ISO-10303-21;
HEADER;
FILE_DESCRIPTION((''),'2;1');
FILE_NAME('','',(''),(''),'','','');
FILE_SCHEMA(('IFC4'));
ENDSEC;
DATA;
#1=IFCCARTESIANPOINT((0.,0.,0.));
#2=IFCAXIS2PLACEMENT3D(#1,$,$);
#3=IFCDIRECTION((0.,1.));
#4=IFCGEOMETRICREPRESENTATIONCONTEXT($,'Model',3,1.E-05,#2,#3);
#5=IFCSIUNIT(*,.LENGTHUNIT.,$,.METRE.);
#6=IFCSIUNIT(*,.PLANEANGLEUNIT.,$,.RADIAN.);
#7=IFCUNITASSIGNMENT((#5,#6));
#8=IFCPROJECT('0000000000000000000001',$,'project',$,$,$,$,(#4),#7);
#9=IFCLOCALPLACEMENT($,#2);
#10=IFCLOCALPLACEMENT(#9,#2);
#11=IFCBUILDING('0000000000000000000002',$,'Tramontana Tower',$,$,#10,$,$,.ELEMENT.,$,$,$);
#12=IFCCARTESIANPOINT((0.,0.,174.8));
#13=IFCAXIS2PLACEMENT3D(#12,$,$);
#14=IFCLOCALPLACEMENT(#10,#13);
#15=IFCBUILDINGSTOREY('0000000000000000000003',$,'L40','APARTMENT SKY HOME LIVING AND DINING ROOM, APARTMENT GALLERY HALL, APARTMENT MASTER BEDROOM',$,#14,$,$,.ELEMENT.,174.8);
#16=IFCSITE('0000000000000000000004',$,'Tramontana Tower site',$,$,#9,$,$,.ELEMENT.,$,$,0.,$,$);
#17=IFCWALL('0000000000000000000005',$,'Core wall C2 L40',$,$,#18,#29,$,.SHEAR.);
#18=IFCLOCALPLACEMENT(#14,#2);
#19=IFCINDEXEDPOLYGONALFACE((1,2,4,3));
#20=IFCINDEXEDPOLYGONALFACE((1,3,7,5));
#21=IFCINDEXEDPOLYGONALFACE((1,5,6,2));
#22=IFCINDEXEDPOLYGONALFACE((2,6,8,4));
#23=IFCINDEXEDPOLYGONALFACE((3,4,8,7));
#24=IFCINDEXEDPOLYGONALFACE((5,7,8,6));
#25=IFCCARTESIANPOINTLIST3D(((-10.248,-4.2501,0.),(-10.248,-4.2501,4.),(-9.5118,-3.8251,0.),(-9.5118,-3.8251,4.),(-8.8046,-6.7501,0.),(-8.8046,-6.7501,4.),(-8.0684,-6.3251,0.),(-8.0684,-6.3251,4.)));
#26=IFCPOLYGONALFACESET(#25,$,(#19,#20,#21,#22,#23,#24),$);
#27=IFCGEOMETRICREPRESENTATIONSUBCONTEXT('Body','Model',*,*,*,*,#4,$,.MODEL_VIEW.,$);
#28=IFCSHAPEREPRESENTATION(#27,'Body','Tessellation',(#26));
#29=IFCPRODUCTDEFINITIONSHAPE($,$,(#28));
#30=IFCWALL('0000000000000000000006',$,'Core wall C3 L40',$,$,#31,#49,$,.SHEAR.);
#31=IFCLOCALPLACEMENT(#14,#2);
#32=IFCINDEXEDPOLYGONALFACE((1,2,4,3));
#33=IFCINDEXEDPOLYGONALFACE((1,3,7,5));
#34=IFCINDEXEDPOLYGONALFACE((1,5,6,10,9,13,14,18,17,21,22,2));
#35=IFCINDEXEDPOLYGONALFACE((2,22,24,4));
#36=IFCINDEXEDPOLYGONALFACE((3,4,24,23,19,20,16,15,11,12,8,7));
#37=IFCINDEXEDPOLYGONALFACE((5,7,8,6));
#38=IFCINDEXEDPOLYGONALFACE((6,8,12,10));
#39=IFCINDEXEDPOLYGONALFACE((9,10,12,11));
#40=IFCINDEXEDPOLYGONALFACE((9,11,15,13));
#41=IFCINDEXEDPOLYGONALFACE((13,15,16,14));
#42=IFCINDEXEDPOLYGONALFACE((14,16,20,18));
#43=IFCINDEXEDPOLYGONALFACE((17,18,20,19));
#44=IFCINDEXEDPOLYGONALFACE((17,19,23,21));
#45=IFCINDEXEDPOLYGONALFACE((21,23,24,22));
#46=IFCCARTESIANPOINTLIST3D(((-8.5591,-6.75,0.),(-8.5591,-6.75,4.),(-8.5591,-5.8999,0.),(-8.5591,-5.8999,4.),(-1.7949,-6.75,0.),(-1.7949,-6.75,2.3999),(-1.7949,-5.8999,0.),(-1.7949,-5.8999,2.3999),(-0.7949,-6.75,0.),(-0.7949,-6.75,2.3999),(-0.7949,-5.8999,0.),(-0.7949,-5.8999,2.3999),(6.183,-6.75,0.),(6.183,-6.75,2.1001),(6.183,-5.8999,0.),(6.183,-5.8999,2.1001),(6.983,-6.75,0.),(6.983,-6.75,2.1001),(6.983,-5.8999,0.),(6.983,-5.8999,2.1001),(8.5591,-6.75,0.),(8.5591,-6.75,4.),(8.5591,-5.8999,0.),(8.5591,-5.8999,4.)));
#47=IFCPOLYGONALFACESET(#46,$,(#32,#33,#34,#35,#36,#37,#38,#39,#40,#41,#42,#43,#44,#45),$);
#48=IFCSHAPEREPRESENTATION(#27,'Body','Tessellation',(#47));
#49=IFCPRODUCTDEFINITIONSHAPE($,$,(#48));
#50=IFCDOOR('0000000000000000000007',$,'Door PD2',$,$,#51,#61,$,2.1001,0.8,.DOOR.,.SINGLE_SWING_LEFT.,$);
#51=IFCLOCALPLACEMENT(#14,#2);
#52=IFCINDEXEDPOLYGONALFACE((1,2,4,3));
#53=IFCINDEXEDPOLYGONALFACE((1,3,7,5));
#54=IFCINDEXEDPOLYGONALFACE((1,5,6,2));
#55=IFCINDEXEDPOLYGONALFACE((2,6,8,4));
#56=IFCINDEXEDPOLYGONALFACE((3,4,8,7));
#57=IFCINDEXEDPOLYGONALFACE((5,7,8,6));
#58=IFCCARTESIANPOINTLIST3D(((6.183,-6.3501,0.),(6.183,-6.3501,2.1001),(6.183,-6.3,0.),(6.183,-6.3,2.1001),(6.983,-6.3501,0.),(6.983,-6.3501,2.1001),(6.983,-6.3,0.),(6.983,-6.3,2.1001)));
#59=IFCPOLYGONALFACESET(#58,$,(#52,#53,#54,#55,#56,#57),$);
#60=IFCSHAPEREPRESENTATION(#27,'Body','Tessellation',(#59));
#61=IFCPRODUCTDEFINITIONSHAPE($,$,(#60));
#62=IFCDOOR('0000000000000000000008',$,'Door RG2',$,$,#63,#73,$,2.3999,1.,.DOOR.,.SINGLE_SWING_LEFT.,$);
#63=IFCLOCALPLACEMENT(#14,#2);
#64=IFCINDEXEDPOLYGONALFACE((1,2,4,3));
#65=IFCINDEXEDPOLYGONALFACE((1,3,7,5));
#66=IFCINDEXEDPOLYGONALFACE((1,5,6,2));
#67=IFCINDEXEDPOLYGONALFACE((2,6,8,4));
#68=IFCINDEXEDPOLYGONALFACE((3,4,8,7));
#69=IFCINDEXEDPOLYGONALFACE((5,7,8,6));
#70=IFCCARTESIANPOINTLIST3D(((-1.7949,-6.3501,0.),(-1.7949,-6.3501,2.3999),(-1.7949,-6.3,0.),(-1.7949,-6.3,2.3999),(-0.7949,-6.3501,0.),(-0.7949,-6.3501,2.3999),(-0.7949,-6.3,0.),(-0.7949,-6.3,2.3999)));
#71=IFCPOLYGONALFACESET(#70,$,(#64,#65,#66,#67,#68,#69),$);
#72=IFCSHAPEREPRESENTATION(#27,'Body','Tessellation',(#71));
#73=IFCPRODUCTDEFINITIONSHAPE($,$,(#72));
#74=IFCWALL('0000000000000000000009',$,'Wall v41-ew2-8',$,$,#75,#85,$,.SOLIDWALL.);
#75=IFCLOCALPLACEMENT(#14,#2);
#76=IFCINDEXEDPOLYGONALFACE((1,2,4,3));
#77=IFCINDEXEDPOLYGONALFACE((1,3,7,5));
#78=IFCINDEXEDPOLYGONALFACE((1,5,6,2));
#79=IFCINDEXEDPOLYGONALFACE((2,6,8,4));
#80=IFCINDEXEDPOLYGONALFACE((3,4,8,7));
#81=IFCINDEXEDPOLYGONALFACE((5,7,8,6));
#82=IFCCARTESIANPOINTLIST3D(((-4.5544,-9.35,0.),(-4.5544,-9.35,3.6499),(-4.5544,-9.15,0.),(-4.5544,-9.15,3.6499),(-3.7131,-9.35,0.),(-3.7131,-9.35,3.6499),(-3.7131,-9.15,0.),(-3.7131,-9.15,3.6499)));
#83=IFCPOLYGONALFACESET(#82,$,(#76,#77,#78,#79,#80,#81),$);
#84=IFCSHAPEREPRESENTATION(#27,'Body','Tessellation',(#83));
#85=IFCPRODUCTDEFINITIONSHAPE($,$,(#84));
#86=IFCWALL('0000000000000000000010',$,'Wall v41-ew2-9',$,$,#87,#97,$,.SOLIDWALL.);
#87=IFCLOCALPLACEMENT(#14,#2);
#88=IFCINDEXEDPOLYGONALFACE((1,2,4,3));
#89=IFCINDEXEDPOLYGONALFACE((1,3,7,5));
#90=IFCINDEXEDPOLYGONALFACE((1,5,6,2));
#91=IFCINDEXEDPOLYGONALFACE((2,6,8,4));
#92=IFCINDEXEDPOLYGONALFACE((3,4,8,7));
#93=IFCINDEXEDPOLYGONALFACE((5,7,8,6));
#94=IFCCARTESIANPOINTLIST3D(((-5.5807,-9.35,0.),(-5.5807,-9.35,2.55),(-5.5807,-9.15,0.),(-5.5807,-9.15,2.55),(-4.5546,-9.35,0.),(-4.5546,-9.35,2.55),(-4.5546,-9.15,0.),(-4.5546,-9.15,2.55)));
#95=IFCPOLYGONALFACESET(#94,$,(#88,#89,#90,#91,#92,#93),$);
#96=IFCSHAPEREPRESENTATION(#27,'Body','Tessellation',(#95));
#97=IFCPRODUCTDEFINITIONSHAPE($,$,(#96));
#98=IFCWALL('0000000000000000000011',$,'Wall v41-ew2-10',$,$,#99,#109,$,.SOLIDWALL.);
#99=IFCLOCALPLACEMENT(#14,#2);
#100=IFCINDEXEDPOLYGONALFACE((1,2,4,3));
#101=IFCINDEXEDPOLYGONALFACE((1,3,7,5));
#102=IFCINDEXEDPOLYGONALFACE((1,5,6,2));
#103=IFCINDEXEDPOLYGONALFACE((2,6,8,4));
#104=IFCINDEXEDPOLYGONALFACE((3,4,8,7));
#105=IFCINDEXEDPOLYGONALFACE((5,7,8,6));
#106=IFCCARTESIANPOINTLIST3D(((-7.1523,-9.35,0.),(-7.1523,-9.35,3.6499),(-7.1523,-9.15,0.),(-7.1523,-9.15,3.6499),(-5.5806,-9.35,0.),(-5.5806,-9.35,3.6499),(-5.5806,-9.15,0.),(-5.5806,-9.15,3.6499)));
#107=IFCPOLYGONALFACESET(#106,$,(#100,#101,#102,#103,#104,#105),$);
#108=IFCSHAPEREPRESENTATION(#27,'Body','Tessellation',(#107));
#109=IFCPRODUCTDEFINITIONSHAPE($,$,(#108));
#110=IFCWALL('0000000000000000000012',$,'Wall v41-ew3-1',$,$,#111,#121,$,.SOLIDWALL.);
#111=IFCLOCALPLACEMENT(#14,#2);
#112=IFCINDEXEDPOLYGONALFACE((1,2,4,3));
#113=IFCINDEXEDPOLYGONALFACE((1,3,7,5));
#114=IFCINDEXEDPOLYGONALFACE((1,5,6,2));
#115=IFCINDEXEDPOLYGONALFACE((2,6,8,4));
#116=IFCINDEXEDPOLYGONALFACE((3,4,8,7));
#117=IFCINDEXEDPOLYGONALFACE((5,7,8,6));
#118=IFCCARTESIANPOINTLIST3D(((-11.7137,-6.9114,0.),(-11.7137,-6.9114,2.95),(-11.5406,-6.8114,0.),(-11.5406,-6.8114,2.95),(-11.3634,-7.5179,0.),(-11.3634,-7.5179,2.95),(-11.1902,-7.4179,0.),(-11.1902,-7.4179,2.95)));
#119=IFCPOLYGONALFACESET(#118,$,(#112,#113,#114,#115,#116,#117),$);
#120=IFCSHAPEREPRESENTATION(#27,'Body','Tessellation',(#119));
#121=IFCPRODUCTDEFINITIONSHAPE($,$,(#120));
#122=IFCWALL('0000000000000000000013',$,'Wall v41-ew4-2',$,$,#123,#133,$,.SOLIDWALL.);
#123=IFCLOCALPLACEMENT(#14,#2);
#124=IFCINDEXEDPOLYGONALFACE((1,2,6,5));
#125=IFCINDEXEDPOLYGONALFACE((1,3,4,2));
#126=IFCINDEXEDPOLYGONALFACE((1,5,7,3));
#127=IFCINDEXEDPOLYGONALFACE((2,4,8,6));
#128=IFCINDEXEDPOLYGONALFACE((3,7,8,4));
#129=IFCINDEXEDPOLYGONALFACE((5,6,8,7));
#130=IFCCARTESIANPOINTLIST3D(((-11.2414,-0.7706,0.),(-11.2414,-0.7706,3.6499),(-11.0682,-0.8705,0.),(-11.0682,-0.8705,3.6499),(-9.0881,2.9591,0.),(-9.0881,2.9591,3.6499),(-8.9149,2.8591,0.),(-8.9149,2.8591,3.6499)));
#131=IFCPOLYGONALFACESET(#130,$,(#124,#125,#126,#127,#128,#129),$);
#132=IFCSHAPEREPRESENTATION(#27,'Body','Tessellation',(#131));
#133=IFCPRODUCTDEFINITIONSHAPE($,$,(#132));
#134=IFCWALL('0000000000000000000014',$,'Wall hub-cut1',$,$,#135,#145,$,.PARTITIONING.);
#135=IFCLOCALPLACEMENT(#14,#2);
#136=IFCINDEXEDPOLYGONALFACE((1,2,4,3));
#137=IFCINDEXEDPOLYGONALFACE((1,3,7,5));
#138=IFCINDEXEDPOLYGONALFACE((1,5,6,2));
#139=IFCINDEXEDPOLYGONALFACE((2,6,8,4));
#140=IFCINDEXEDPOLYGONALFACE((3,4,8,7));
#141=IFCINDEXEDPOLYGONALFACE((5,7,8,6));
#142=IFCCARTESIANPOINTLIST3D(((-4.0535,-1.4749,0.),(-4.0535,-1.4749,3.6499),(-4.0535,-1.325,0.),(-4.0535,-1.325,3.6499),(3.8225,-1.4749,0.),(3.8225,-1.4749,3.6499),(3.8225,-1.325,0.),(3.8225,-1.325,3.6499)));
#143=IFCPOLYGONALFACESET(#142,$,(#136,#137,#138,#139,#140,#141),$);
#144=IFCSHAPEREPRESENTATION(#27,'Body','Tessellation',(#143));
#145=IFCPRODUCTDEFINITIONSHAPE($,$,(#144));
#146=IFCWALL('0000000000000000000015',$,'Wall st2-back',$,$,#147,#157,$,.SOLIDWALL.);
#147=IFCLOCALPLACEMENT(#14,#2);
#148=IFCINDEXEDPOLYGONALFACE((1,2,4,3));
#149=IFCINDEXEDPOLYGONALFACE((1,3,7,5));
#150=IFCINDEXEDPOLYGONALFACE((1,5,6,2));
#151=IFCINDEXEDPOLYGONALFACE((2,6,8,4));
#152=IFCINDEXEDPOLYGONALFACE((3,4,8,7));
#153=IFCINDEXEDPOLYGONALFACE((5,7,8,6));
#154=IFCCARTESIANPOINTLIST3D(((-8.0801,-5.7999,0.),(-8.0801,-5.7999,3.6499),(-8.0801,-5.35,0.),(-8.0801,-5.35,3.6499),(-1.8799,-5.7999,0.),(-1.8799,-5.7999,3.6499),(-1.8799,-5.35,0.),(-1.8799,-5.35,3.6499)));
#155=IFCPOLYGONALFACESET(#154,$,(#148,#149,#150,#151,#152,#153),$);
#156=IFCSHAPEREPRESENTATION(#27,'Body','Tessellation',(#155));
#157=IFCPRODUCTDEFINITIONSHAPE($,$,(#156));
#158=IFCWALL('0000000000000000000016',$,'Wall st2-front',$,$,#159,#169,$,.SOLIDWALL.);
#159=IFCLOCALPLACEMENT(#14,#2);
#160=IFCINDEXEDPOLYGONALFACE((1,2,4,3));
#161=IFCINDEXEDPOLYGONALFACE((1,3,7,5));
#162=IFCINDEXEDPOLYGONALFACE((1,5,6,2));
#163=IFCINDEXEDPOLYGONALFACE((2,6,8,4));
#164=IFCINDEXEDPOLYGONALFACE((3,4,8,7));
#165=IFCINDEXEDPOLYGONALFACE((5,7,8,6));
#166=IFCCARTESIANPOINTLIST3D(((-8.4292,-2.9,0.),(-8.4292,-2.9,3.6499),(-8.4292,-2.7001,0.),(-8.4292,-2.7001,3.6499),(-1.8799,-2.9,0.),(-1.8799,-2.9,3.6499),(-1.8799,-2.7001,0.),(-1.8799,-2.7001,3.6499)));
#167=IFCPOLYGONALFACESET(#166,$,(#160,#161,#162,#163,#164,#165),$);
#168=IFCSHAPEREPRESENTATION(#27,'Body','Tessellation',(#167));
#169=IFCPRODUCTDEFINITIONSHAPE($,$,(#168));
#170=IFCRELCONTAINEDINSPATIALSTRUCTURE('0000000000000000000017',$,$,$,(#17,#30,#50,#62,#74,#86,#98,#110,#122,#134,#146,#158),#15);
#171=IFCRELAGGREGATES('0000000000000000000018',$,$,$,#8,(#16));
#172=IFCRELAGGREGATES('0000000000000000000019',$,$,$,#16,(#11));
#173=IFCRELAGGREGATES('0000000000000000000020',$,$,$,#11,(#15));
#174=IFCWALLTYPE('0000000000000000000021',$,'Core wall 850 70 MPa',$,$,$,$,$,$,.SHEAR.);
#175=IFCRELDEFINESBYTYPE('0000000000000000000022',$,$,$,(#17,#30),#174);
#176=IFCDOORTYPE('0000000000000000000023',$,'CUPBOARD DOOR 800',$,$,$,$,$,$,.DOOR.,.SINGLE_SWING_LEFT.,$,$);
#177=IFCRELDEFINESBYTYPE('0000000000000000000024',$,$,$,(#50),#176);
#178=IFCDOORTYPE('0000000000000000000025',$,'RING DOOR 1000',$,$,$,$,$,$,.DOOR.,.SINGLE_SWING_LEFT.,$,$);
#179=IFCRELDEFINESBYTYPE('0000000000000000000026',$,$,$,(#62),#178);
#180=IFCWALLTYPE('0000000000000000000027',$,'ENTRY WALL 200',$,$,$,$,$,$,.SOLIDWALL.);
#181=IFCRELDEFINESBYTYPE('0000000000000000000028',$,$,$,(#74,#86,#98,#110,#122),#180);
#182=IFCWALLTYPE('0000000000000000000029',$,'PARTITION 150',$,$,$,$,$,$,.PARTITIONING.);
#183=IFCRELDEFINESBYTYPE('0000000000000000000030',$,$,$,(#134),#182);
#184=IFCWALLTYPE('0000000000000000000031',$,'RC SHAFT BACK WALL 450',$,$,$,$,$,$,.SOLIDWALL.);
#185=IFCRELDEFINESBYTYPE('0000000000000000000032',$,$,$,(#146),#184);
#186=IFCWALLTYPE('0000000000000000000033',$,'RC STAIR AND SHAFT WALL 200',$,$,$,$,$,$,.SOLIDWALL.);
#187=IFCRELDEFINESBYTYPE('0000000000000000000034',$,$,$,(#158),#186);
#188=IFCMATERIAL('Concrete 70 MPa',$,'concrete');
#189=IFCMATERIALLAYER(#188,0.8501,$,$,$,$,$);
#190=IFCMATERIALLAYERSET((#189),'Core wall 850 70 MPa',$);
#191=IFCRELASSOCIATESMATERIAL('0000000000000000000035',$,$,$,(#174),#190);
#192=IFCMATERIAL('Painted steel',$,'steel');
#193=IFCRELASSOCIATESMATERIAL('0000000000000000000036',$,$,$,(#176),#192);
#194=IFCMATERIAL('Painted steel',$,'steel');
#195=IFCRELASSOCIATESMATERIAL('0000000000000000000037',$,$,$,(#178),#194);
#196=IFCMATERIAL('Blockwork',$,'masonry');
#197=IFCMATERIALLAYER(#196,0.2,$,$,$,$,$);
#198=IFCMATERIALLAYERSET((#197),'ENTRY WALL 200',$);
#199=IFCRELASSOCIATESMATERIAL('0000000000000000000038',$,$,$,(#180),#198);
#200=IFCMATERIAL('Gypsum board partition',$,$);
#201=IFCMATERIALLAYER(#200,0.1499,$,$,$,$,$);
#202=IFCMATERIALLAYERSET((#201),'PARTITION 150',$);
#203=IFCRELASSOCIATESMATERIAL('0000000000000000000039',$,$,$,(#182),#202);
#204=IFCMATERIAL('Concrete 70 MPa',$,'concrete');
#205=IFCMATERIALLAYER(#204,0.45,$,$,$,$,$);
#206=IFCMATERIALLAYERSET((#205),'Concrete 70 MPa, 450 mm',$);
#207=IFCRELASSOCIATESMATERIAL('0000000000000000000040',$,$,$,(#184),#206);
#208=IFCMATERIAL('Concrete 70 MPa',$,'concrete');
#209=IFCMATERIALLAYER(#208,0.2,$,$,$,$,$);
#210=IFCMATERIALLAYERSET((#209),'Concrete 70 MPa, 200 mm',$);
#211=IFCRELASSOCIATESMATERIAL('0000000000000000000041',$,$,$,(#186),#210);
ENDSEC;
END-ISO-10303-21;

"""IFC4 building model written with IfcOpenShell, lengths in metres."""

from ifc_helpers import new_model, si_unit, direction, frame, frame_2d, origin, place, context, subcontext, project, spatial, rectangle, extrude, material, layer, layer_set, type_object, element, fill, save


model = new_model("IFC4")

# Units and contexts
model_context = context("Model", 3, precision=1e-05, world=origin(), true_north=direction((0.0, 1.0)))
body_context = subcontext(model_context, "Body", "Model", "MODEL_VIEW")
ifc_project = project(units=[si_unit("LENGTHUNIT", "METRE"), si_unit("PLANEANGLEUNIT", "RADIAN")], contexts=[model_context])

# Site, building, storey
site_placement = place(None, origin())
site = spatial("IfcSite", under=ifc_project, at=site_placement, Name="Tramontana Tower site", CompositionType="ELEMENT", RefElevation=0.0)
building_placement = place(site_placement, origin())
building = spatial("IfcBuilding", under=site, at=building_placement, Name="Tramontana Tower", CompositionType="ELEMENT")
storey_placement = place(building_placement, frame((0.0, 0.0, 174.8)))
storey = spatial("IfcBuildingStorey", under=building, at=storey_placement, Name="L40", Description="APARTMENT SKY HOME LIVING AND DINING ROOM, APARTMENT GALLERY HALL, APARTMENT MASTER BEDROOM", CompositionType="ELEMENT", Elevation=174.8)

# Wall
ifc_material_1 = material(Name="Concrete 70 MPa", Category="concrete")
ifc_layer_1 = layer(ifc_material_1, 0.8501)
ifc_layer_set_1 = layer_set([ifc_layer_1], Name="Core wall 850 70 MPa")
wall_type_1 = type_object("IfcWallType", Name="Core wall 850 70 MPa", PredefinedType="SHEAR", material=ifc_layer_set_1)
wall_1_placement = place(storey_placement, frame((-9.8799, -4.0376, 0.0), z_axis=(0.0, 0.0, 1.0), x_axis=(0.499996, -0.866028, 0.0)))
element("IfcWall", 1, at=wall_1_placement, inside=storey, type_object=wall_type_1, Name="Core wall C2 L40", PredefinedType="SHEAR", context=body_context, shape_type="SweptSolid", body=[
    extrude(rectangle(XDim=2.8867, YDim=0.8501, at=frame_2d((1.4434, 0.0))), origin(), (0.0, 0.0, 1.0), 4.0),
])

# Wall, openings, doors
wall_2_placement = place(storey_placement, frame((-8.5591, -6.325, 0.0), z_axis=(0.0, 0.0, 1.0), x_axis=(1.0, 0.0, 0.0)))
wall_2 = element("IfcWall", 2, at=wall_2_placement, inside=storey, type_object=wall_type_1, Name="Core wall C3 L40", PredefinedType="SHEAR", context=body_context, shape_type="SweptSolid", body=[
    extrude(rectangle(XDim=17.1182, YDim=0.8501, at=frame_2d((8.5591, 0.0))), origin(), (0.0, 0.0, 1.0), 4.0),
])
opening_1_placement = place(wall_2_placement, frame((6.7642, 0.0, 0.0)))
opening_1 = element("IfcOpeningElement", 3, at=opening_1_placement, cuts=wall_2, PredefinedType="OPENING", context=body_context, shape_type="SweptSolid", body=[
    extrude(rectangle(XDim=1.0, YDim=2.3999, at=frame_2d((0.5, 1.2))), frame((0.0, 0.4351, 0.0), z_axis=(0.0, -1.0, 0.0), x_axis=(1.0, 0.0, 0.0)), (0.0, 0.0, 1.0), 0.8701),
])
opening_2_placement = place(wall_2_placement, frame((14.7422, 0.0, 0.0)))
opening_2 = element("IfcOpeningElement", 4, at=opening_2_placement, cuts=wall_2, PredefinedType="OPENING", context=body_context, shape_type="SweptSolid", body=[
    extrude(rectangle(XDim=0.8, YDim=2.1001, at=frame_2d((0.3999, 1.05))), frame((0.0, 0.4351, 0.0), z_axis=(0.0, -1.0, 0.0), x_axis=(1.0, 0.0, 0.0)), (0.0, 0.0, 1.0), 0.8701),
])
ifc_material_2 = material(Name="Painted steel", Category="steel")
door_type_1 = type_object("IfcDoorType", Name="CUPBOARD DOOR 800", OperationType="SINGLE_SWING_LEFT", PredefinedType="DOOR", material=ifc_material_2)
door_1_placement = place(opening_2_placement, origin())
door_1 = element("IfcDoor", 5, at=door_1_placement, inside=storey, type_object=door_type_1, Name="Door PD2", OperationType="SINGLE_SWING_LEFT", OverallHeight=2.1001, OverallWidth=0.8, PredefinedType="DOOR", context=body_context, shape_type="SweptSolid", body=[
    extrude(rectangle(XDim=0.8, YDim=2.1001, at=frame_2d((0.3999, 1.05))), frame((0.0, 0.0249, 0.0), z_axis=(0.0, -1.0, 0.0), x_axis=(1.0, 0.0, 0.0)), (0.0, 0.0, 1.0), 0.05),
])
fill(opening_2, door_1)
ifc_material_3 = material(Name="Painted steel", Category="steel")
door_type_2 = type_object("IfcDoorType", Name="RING DOOR 1000", OperationType="SINGLE_SWING_LEFT", PredefinedType="DOOR", material=ifc_material_3)
door_2_placement = place(opening_1_placement, origin())
door_2 = element("IfcDoor", 6, at=door_2_placement, inside=storey, type_object=door_type_2, Name="Door RG2", OperationType="SINGLE_SWING_LEFT", OverallHeight=2.3999, OverallWidth=1.0, PredefinedType="DOOR", context=body_context, shape_type="SweptSolid", body=[
    extrude(rectangle(XDim=1.0, YDim=2.3999, at=frame_2d((0.5, 1.2))), frame((0.0, 0.0249, 0.0), z_axis=(0.0, -1.0, 0.0), x_axis=(1.0, 0.0, 0.0)), (0.0, 0.0, 1.0), 0.05),
])
fill(opening_1, door_2)

# Walls
ifc_material_4 = material(Name="Blockwork", Category="masonry")
ifc_layer_2 = layer(ifc_material_4, 0.2)
ifc_layer_set_2 = layer_set([ifc_layer_2], Name="ENTRY WALL 200")
wall_type_2 = type_object("IfcWallType", Name="ENTRY WALL 200", PredefinedType="SOLIDWALL", material=ifc_layer_set_2)
wall_3_placement = place(storey_placement, frame((-3.7131, -9.25, 0.0), z_axis=(0.0, 0.0, 1.0), x_axis=(-1.0, 0.0, 0.0)))
element("IfcWall", 7, at=wall_3_placement, inside=storey, type_object=wall_type_2, Name="Wall v41-ew2-8", PredefinedType="SOLIDWALL", context=body_context, shape_type="SweptSolid", body=[
    extrude(rectangle(XDim=0.8413, YDim=0.2, at=frame_2d((0.4207, 0.0))), origin(), (0.0, 0.0, 1.0), 3.6499),
])
wall_4_placement = place(storey_placement, frame((-4.5544, -9.25, 0.0), z_axis=(0.0, 0.0, 1.0), x_axis=(-1.0, 0.0, 0.0)))
element("IfcWall", 8, at=wall_4_placement, inside=storey, type_object=wall_type_2, Name="Wall v41-ew2-9", PredefinedType="SOLIDWALL", context=body_context, shape_type="SweptSolid", body=[
    extrude(rectangle(XDim=1.0261, YDim=0.2, at=frame_2d((0.5132, 0.0))), origin(), (0.0, 0.0, 1.0), 2.55),
])
wall_5_placement = place(storey_placement, frame((-5.5806, -9.25, 0.0), z_axis=(0.0, 0.0, 1.0), x_axis=(-1.0, 0.0, 0.0)))
element("IfcWall", 9, at=wall_5_placement, inside=storey, type_object=wall_type_2, Name="Wall v41-ew2-10", PredefinedType="SOLIDWALL", context=body_context, shape_type="SweptSolid", body=[
    extrude(rectangle(XDim=1.5718, YDim=0.2, at=frame_2d((0.7859, 0.0))), origin(), (0.0, 0.0, 1.0), 3.6499),
])
wall_6_placement = place(storey_placement, frame((-11.2769, -7.4678, 0.0), z_axis=(0.0, 0.0, 1.0), x_axis=(-0.500225, 0.865895, 0.0)))
element("IfcWall", 10, at=wall_6_placement, inside=storey, type_object=wall_type_2, Name="Wall v41-ew3-1", PredefinedType="SOLIDWALL", context=body_context, shape_type="SweptSolid", body=[
    extrude(rectangle(XDim=0.7004, YDim=0.2, at=frame_2d((0.3501, 0.0))), origin(), (0.0, 0.0, 1.0), 2.95),
])
wall_7_placement = place(storey_placement, frame((-11.1548, -0.8206, 0.0), z_axis=(0.0, 0.0, 1.0), x_axis=(0.499992, 0.86603, 0.0)))
element("IfcWall", 11, at=wall_7_placement, inside=storey, type_object=wall_type_2, Name="Wall v41-ew4-2", PredefinedType="SOLIDWALL", context=body_context, shape_type="SweptSolid", body=[
    extrude(rectangle(XDim=4.3066, YDim=0.2, at=frame_2d((2.1533, 0.0))), origin(), (0.0, 0.0, 1.0), 3.6499),
])
ifc_material_5 = material(Name="Gypsum board partition")
ifc_layer_3 = layer(ifc_material_5, 0.1499)
ifc_layer_set_3 = layer_set([ifc_layer_3], Name="PARTITION 150")
wall_type_3 = type_object("IfcWallType", Name="PARTITION 150", PredefinedType="PARTITIONING", material=ifc_layer_set_3)
wall_8_placement = place(storey_placement, frame((-4.0535, -1.3999, 0.0), z_axis=(0.0, 0.0, 1.0), x_axis=(1.0, 0.0, 0.0)))
element("IfcWall", 12, at=wall_8_placement, inside=storey, type_object=wall_type_3, Name="Wall hub-cut1", PredefinedType="PARTITIONING", context=body_context, shape_type="SweptSolid", body=[
    extrude(rectangle(XDim=7.876, YDim=0.1499, at=frame_2d((3.938, 0.0))), origin(), (0.0, 0.0, 1.0), 3.6499),
])
ifc_material_6 = material(Name="Concrete 70 MPa", Category="concrete")
ifc_layer_4 = layer(ifc_material_6, 0.45)
ifc_layer_set_4 = layer_set([ifc_layer_4], Name="Concrete 70 MPa, 450 mm")
wall_type_4 = type_object("IfcWallType", Name="RC SHAFT BACK WALL 450", PredefinedType="SOLIDWALL", material=ifc_layer_set_4)
wall_9_placement = place(storey_placement, frame((-8.0801, -5.575, 0.0), z_axis=(0.0, 0.0, 1.0), x_axis=(1.0, 0.0, 0.0)))
element("IfcWall", 13, at=wall_9_placement, inside=storey, type_object=wall_type_4, Name="Wall st2-back", PredefinedType="SOLIDWALL", context=body_context, shape_type="SweptSolid", body=[
    extrude(rectangle(XDim=6.2002, YDim=0.45, at=frame_2d((3.1001, 0.0))), origin(), (0.0, 0.0, 1.0), 3.6499),
])
ifc_material_7 = material(Name="Concrete 70 MPa", Category="concrete")
ifc_layer_5 = layer(ifc_material_7, 0.2)
ifc_layer_set_5 = layer_set([ifc_layer_5], Name="Concrete 70 MPa, 200 mm")
wall_type_5 = type_object("IfcWallType", Name="RC STAIR AND SHAFT WALL 200", PredefinedType="SOLIDWALL", material=ifc_layer_set_5)
wall_10_placement = place(storey_placement, frame((-8.4292, -2.8, 0.0), z_axis=(0.0, 0.0, 1.0), x_axis=(1.0, 0.0, 0.0)))
element("IfcWall", 14, at=wall_10_placement, inside=storey, type_object=wall_type_5, Name="Wall st2-front", PredefinedType="SOLIDWALL", context=body_context, shape_type="SweptSolid", body=[
    extrude(rectangle(XDim=6.5493, YDim=0.2, at=frame_2d((3.2747, 0.0))), origin(), (0.0, 0.0, 1.0), 3.6499),
])

save(model, "model.ifc")
